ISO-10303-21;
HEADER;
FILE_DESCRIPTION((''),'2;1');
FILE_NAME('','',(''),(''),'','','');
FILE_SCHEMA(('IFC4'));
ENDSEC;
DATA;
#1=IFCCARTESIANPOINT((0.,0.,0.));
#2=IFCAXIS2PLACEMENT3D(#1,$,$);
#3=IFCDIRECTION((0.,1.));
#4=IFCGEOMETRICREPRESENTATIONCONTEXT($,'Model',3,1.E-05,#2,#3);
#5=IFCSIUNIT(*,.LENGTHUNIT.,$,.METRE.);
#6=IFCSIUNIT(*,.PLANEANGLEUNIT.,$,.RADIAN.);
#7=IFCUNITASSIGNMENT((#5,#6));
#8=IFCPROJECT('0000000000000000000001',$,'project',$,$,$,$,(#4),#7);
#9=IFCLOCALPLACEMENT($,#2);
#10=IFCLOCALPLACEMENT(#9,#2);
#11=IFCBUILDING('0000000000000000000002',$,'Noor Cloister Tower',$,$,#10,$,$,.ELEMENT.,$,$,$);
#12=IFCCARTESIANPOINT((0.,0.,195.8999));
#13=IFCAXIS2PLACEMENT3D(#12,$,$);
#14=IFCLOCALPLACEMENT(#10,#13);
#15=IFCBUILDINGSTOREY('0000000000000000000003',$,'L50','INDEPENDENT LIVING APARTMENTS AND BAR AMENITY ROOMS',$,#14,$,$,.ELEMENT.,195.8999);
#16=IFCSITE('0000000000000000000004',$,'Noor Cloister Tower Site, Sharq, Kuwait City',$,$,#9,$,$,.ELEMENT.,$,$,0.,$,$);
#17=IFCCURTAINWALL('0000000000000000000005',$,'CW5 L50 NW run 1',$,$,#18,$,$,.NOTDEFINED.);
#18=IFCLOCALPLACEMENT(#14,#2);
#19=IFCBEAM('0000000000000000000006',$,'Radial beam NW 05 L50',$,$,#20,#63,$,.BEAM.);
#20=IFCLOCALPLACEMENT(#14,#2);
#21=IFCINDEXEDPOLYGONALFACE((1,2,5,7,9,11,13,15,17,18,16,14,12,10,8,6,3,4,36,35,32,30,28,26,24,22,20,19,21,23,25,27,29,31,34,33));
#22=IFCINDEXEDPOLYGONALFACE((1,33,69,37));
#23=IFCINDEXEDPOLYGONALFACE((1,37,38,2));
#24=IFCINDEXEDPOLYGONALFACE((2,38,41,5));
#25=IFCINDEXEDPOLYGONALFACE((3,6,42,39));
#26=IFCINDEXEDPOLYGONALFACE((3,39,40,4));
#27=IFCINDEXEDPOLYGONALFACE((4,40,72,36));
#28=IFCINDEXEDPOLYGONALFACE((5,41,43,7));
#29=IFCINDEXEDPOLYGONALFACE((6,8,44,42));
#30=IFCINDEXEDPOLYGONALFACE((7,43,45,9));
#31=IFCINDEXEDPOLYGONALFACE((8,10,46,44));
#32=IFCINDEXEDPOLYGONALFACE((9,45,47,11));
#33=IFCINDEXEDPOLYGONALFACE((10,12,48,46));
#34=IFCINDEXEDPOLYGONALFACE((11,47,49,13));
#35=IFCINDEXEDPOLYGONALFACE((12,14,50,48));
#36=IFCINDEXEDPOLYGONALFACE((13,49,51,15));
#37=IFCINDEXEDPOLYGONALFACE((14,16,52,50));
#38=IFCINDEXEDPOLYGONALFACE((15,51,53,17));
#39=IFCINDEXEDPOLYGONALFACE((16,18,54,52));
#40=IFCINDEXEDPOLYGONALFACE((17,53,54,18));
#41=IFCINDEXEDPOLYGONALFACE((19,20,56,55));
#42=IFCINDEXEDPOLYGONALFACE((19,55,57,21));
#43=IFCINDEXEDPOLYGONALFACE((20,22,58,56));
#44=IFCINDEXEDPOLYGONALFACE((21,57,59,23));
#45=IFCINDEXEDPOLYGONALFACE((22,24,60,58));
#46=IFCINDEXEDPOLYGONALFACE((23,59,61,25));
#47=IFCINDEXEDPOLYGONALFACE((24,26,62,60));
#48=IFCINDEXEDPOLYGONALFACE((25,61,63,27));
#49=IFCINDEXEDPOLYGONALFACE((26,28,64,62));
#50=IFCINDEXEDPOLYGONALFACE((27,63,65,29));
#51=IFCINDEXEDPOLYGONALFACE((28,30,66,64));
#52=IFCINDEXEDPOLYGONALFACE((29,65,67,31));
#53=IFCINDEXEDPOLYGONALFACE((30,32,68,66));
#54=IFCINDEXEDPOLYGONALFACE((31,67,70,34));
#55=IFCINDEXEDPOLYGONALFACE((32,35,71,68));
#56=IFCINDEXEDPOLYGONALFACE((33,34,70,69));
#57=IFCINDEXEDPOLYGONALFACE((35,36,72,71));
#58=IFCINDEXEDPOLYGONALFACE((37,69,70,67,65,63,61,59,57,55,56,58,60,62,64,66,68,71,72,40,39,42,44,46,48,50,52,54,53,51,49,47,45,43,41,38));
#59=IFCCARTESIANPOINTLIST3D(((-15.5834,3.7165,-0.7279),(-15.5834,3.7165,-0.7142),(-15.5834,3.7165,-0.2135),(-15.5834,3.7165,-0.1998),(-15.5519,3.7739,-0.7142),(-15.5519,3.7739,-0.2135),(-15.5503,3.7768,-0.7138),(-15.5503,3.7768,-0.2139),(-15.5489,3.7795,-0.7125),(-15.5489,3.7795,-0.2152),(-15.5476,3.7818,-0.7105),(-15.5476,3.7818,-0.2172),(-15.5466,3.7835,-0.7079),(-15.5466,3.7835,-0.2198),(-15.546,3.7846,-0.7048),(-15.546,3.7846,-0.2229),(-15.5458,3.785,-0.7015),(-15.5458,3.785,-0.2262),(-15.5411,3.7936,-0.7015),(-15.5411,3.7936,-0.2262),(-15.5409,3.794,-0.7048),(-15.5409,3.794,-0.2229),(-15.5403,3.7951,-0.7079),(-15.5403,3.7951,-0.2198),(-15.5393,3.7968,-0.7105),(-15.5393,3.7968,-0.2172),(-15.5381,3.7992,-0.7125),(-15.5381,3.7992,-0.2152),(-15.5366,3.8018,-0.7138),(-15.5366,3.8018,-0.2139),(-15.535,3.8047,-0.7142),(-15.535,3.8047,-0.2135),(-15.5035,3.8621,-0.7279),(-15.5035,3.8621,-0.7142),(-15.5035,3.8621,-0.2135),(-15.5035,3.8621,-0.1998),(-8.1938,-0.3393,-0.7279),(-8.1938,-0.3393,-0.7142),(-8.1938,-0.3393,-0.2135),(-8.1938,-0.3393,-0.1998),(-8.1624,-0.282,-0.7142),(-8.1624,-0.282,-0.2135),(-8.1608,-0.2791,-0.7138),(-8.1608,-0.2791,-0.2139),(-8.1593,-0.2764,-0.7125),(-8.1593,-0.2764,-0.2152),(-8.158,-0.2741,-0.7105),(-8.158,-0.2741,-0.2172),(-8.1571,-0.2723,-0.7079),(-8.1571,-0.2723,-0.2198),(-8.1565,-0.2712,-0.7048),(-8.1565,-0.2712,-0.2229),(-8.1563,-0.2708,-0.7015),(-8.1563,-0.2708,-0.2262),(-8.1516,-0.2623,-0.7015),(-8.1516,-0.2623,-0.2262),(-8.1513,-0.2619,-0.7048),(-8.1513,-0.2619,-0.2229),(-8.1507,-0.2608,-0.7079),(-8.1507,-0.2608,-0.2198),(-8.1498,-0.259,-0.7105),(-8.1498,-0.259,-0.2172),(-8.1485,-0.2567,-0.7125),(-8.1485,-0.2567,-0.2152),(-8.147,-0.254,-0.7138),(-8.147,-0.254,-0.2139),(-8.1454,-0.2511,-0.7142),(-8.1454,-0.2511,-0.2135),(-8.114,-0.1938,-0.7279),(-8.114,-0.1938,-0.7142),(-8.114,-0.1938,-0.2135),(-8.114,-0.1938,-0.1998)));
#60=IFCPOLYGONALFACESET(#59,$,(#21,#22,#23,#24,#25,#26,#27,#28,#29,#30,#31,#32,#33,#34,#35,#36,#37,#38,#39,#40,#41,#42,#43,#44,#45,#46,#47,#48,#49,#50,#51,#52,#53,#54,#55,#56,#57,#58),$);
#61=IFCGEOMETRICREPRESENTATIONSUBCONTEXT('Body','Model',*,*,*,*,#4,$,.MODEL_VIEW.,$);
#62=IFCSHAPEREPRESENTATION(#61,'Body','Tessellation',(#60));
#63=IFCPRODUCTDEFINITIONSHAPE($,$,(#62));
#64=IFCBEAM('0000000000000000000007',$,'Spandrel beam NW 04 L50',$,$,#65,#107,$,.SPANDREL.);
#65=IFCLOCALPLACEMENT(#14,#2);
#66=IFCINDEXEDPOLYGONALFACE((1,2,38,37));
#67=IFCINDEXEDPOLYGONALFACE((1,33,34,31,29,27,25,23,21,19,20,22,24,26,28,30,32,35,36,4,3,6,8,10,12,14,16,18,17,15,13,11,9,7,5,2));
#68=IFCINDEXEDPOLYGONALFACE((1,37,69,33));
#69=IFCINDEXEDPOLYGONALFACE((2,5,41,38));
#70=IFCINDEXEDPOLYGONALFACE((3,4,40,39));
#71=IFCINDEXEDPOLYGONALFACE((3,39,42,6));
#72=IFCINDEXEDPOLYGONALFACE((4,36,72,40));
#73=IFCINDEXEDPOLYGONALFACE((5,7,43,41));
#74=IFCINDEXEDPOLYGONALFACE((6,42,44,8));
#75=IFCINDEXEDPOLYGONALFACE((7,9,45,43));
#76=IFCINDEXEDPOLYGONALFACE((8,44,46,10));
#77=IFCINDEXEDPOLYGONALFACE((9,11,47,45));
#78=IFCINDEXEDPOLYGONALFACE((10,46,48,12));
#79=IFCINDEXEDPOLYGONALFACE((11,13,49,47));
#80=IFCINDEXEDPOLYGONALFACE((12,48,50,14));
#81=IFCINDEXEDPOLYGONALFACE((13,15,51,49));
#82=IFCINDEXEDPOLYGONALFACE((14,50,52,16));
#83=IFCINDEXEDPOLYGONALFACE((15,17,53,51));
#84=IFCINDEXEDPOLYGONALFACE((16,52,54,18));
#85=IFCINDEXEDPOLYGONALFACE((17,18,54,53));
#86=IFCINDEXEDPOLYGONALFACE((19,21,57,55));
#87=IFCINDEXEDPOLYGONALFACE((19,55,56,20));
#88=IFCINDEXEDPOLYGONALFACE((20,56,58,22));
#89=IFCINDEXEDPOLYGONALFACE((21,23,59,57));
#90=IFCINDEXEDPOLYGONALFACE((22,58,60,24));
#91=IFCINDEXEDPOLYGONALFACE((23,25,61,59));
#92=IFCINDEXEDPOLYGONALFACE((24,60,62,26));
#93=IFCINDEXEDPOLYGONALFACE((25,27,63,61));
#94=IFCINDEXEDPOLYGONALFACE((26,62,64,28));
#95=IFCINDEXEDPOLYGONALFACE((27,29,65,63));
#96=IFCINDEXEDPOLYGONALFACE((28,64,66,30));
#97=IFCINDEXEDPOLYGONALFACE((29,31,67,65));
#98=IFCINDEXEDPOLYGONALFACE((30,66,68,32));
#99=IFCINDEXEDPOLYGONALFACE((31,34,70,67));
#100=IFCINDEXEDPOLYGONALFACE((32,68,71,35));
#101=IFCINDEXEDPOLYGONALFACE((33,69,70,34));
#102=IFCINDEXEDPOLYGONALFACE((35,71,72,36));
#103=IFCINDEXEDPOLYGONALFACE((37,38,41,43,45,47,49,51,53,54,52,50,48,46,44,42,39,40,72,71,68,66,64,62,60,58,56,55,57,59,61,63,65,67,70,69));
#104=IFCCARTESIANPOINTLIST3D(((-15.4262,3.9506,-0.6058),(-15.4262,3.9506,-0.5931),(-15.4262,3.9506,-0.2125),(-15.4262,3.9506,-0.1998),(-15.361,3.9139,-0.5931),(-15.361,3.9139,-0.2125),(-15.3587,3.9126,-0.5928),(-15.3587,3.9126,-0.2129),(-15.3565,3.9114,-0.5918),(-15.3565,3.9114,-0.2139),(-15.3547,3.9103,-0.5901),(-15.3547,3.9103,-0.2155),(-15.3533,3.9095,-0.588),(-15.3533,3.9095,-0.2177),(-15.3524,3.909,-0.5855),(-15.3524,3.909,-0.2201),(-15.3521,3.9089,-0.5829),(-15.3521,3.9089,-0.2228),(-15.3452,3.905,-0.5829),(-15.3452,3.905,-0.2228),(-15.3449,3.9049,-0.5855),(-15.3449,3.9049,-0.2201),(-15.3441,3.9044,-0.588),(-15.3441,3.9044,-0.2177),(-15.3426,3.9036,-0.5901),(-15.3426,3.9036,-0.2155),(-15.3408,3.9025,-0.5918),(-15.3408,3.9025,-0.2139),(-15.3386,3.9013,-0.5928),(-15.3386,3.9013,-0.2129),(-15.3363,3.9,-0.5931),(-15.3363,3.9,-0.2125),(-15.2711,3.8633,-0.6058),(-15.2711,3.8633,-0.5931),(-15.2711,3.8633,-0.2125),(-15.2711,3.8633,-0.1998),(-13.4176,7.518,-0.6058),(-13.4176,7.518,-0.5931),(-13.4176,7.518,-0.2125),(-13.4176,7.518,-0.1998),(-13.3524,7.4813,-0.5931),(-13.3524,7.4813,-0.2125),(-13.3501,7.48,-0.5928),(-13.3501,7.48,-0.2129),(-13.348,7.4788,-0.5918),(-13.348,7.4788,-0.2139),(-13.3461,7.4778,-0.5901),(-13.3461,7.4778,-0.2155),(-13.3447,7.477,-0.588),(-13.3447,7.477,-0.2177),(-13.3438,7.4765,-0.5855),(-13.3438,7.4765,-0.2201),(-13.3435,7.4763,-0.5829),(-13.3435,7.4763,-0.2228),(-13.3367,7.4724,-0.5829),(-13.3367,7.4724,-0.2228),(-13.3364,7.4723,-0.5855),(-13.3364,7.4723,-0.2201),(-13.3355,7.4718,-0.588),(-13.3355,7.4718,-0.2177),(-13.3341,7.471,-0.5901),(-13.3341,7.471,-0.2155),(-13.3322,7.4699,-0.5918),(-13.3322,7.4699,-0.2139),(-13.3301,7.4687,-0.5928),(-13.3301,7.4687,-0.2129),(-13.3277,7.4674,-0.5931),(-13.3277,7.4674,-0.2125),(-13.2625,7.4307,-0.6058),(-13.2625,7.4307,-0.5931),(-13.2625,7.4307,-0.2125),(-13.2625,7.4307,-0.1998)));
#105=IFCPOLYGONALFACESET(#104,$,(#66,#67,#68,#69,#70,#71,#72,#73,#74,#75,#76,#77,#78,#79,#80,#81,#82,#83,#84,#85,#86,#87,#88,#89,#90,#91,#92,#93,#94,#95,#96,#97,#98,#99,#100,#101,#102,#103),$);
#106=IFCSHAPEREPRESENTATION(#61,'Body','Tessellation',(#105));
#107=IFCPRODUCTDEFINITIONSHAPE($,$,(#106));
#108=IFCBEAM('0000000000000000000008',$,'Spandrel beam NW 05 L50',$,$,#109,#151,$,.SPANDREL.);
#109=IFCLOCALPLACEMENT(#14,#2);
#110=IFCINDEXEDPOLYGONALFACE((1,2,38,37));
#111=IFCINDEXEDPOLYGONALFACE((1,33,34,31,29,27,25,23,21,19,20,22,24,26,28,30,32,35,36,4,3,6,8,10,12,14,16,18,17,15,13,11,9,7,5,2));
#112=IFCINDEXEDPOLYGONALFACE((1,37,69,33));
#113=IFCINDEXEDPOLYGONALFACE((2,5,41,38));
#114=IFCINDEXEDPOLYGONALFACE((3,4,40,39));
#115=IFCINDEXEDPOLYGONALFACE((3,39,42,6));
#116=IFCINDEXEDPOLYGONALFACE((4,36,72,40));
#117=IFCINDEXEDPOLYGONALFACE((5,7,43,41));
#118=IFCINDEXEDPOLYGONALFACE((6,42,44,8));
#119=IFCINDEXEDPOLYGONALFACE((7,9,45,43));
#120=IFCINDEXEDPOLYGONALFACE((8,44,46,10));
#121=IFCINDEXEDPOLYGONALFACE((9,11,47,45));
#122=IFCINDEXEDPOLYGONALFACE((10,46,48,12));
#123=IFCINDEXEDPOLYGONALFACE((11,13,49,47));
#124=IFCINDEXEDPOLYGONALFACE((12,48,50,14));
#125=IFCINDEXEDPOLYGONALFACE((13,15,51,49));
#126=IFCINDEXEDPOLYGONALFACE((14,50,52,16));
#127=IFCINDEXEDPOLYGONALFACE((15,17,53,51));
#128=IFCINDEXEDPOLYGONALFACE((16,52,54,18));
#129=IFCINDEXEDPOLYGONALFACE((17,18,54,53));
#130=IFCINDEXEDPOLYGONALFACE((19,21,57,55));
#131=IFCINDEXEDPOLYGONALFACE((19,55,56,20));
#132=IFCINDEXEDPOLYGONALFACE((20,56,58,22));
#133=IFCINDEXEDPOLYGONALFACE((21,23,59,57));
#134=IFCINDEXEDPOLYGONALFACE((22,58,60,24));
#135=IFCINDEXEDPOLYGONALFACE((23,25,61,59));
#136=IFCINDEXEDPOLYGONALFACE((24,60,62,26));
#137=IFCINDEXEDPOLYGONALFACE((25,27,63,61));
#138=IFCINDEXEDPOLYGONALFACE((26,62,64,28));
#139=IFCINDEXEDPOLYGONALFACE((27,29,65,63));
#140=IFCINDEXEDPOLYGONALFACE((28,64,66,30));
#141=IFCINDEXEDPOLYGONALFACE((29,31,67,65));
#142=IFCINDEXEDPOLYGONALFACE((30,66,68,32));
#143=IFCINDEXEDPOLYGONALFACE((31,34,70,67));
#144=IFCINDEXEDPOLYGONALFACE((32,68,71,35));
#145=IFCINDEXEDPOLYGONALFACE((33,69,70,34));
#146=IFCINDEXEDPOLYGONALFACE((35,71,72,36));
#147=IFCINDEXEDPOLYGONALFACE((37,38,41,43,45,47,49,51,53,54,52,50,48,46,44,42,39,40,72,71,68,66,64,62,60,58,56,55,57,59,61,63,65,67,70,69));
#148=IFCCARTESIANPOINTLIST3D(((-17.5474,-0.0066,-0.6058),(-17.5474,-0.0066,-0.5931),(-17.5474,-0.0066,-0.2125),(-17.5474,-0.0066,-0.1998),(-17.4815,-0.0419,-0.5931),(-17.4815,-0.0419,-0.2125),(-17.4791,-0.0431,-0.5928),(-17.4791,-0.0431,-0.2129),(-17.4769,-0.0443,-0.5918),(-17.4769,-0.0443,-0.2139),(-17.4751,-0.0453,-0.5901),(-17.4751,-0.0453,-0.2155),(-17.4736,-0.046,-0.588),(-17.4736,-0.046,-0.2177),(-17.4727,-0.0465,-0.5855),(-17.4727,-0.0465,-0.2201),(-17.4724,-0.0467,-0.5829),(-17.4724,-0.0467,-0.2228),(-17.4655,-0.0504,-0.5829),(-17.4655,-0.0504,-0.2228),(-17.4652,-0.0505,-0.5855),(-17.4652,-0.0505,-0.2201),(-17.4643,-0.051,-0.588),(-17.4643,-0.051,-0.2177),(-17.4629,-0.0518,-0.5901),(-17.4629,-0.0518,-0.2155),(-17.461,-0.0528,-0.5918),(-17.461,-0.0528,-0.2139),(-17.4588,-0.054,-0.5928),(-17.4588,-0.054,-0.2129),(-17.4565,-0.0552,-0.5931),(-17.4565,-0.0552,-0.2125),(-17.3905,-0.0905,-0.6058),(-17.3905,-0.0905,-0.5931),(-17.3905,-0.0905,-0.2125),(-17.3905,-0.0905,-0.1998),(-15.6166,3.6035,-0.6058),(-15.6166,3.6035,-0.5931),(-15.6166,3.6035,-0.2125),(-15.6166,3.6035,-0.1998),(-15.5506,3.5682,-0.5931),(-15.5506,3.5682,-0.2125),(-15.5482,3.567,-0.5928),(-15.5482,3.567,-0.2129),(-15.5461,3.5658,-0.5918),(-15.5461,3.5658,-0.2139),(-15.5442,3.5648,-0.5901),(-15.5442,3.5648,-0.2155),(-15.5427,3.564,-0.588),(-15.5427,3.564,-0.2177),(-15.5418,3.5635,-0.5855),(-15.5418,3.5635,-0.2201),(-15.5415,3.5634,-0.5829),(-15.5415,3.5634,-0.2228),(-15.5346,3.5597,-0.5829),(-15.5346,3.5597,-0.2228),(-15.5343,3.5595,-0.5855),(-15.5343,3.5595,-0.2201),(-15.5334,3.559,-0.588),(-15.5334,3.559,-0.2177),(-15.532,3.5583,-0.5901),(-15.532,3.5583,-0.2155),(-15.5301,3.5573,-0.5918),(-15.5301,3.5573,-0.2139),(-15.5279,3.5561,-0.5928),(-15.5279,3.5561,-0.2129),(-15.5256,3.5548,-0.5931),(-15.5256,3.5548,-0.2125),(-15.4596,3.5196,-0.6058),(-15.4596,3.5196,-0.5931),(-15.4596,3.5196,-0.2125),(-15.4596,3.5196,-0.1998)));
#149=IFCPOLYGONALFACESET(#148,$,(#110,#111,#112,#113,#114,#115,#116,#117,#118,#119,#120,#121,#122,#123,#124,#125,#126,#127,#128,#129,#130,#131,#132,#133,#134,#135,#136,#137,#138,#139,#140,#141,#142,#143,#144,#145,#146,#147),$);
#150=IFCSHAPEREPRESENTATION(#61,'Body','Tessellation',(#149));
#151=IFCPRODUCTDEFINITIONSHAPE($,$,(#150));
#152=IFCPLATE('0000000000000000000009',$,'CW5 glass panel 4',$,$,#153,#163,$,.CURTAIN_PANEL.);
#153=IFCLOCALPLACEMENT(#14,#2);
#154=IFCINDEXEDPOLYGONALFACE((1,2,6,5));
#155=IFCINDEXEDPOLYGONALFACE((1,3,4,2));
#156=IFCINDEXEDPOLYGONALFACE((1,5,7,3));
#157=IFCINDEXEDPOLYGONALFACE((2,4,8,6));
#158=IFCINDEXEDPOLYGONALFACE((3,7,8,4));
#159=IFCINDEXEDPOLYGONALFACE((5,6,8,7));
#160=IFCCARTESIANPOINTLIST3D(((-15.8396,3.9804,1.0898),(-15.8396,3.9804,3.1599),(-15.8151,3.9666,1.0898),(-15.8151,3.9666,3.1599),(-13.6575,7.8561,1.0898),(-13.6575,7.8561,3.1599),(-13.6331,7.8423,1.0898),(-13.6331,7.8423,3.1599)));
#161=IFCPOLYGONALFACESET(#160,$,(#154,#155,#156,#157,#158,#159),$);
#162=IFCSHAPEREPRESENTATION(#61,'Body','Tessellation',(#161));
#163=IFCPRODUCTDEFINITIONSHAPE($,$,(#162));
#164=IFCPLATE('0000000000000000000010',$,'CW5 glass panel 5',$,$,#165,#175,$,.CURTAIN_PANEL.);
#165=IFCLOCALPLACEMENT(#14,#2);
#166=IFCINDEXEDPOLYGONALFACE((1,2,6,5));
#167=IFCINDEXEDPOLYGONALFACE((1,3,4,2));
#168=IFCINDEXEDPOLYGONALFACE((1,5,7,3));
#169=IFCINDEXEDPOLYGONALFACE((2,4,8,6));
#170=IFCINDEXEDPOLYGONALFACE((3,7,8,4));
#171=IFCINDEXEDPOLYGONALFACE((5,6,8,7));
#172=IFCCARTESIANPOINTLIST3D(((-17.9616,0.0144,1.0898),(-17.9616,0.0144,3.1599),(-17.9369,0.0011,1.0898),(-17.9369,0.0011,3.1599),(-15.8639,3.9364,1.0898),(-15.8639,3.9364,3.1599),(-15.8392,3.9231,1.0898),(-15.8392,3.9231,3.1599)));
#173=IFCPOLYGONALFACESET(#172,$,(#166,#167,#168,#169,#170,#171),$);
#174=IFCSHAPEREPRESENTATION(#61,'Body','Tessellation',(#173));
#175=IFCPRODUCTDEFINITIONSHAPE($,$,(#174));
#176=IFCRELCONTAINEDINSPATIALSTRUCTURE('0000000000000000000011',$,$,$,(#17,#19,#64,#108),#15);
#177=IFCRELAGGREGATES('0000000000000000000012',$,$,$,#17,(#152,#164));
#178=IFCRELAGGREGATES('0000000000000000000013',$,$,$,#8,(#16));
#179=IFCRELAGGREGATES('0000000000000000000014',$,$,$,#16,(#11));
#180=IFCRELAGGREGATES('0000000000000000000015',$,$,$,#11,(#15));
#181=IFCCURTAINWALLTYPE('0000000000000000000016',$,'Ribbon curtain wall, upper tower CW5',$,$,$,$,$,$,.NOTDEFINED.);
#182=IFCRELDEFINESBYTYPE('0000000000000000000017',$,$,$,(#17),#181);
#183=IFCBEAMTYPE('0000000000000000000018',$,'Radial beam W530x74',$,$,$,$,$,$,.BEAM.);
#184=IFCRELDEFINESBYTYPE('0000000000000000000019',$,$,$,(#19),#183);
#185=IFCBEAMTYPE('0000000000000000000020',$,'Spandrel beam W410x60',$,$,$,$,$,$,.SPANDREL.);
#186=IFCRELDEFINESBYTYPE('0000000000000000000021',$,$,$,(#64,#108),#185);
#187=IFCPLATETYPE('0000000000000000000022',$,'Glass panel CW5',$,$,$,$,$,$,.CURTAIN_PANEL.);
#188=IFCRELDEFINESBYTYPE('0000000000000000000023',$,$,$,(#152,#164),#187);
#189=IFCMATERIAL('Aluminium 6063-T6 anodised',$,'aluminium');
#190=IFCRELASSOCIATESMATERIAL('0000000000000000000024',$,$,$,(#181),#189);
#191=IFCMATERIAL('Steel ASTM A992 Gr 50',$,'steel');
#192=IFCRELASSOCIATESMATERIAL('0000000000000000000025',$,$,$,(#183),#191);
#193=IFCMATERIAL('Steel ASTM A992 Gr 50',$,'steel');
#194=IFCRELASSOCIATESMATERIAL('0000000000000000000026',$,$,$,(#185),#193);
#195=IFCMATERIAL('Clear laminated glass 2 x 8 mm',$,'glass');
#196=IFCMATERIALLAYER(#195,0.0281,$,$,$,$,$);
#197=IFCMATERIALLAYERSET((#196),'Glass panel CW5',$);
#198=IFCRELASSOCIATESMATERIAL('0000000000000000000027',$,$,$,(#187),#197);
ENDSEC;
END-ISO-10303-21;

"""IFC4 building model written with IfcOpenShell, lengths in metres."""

from ifc_helpers import new_model, si_unit, direction, frame, origin, origin_2d, place, context, subcontext, project, spatial, rectangle, i_section, extrude, material, layer, layer_set, material_profile, profile_set, type_object, element, aggregate, save


model = new_model("IFC4")

# Units and contexts
model_context = context("Model", 3, precision=1e-05, world=origin(), true_north=direction((0.0, 1.0)))
body_context = subcontext(model_context, "Body", "Model", "MODEL_VIEW")
ifc_project = project(units=[si_unit("LENGTHUNIT", "METRE"), si_unit("PLANEANGLEUNIT", "RADIAN")], contexts=[model_context])

# Site, building, storey
site_placement = place(None, origin())
site = spatial("IfcSite", under=ifc_project, at=site_placement, Name="Noor Cloister Tower Site, Sharq, Kuwait City", CompositionType="ELEMENT", RefElevation=0.0)
building_placement = place(site_placement, origin())
building = spatial("IfcBuilding", under=site, at=building_placement, Name="Noor Cloister Tower", CompositionType="ELEMENT")
storey_placement = place(building_placement, frame((0.0, 0.0, 195.8999)))
storey = spatial("IfcBuildingStorey", under=building, at=storey_placement, Name="L50", Description="INDEPENDENT LIVING APARTMENTS AND BAR AMENITY ROOMS", CompositionType="ELEMENT", Elevation=195.8999)

# Curtain wall
ifc_material_1 = material(Name="Aluminium 6063-T6 anodised", Category="aluminium")
curtain_wall_type = type_object("IfcCurtainWallType", Name="Ribbon curtain wall, upper tower CW5", PredefinedType="NOTDEFINED", material=ifc_material_1)
curtain_wall_1_placement = place(storey_placement, origin())
curtain_wall_1 = element("IfcCurtainWall", 1, at=curtain_wall_1_placement, inside=storey, type_object=curtain_wall_type, Name="CW5 L50 NW run 1", PredefinedType="NOTDEFINED")

# Beams
ifc_material_2 = material(Name="Steel ASTM A992 Gr 50", Category="steel")
ifc_material_profile_1 = material_profile(ifc_material_2, i_section(OverallWidth=0.166, OverallDepth=0.5281, WebThickness=0.0098, FlangeThickness=0.0137, FilletRadius=0.0127, at=origin_2d()), Name="W530x74")
ifc_profile_set_1 = profile_set([ifc_material_profile_1], Name="Steel ASTM A992 Gr 50")
beam_type_1 = type_object("IfcBeamType", Name="Radial beam W530x74", PredefinedType="BEAM", material=ifc_profile_set_1)
beam_1_placement = place(storey_placement, frame((-15.5435, 3.7893, -0.4639), z_axis=(0.876636, -0.481154, 0.0), x_axis=(0.481154, 0.876636, 0.0)))
element("IfcBeam", 2, at=beam_1_placement, inside=storey, type_object=beam_type_1, Name="Radial beam NW 05 L50", PredefinedType="BEAM", context=body_context, shape_type="SweptSolid", body=[
    extrude(i_section(OverallWidth=0.166, OverallDepth=0.5281, WebThickness=0.0098, FlangeThickness=0.0137, FilletRadius=0.0127, at=origin_2d()), origin(), (0.0, 0.0, 1.0), 8.4294),
])
ifc_material_3 = material(Name="Steel ASTM A992 Gr 50", Category="steel")
ifc_material_profile_2 = material_profile(ifc_material_3, i_section(OverallWidth=0.178, OverallDepth=0.406, WebThickness=0.0078, FlangeThickness=0.0127, FilletRadius=0.0103, at=origin_2d()), Name="W410x60")
ifc_profile_set_2 = profile_set([ifc_material_profile_2], Name="Steel ASTM A992 Gr 50")
beam_type_2 = type_object("IfcBeamType", Name="Spandrel beam W410x60", PredefinedType="SPANDREL", material=ifc_profile_set_2)
for number, where, z_axis, x_axis, name in (
    (3, (-13.3401, 7.4744, -0.4028), (-0.490612, -0.871378, 0.0), (0.871378, -0.490612, 0.0), "Spandrel beam NW 04 L50"),
    (4, (-15.5381, 3.5615, -0.4028), (-0.471637, -0.881793, 0.0), (0.881793, -0.471637, 0.0), "Spandrel beam NW 05 L50"),
):
    element("IfcBeam", number, at=place(storey_placement, frame(where, z_axis=z_axis, x_axis=x_axis)), inside=storey, type_object=beam_type_2, Name=name, PredefinedType="SPANDREL", context=body_context, shape_type="SweptSolid", body=[
        extrude(i_section(OverallWidth=0.178, OverallDepth=0.406, WebThickness=0.0078, FlangeThickness=0.0127, FilletRadius=0.0103, at=origin_2d()), origin(), (0.0, 0.0, 1.0), 4.094),
    ])

# Plates
ifc_material_4 = material(Name="Clear laminated glass 2 x 8 mm", Category="glass")
ifc_layer_1 = layer(ifc_material_4, 0.0281)
ifc_layer_set_1 = layer_set([ifc_layer_1], Name="Glass panel CW5")
plate_type = type_object("IfcPlateType", Name="Glass panel CW5", PredefinedType="CURTAIN_PANEL", material=ifc_layer_set_1)
plate_1_placement = place(storey_placement, frame((-14.7363, 5.9114, 1.0898), z_axis=(0.0, 0.0, 1.0), x_axis=(-0.4906, -0.871385, 0.0)))
plate_1 = element("IfcPlate", 5, at=plate_1_placement, type_object=plate_type, Name="CW5 glass panel 4", PredefinedType="CURTAIN_PANEL", context=body_context, shape_type="SweptSolid", body=[
    extrude(rectangle(XDim=4.4478, YDim=0.0281, at=origin_2d()), origin(), (0.0, 0.0, 1.0), 2.0701),
])
plate_2_placement = place(storey_placement, frame((-16.9004, 1.9688, 1.0898), z_axis=(0.0, 0.0, 1.0), x_axis=(-0.47163, -0.881797, 0.0)))
plate_2 = element("IfcPlate", 6, at=plate_2_placement, type_object=plate_type, Name="CW5 glass panel 5", PredefinedType="CURTAIN_PANEL", context=body_context, shape_type="SweptSolid", body=[
    extrude(rectangle(XDim=4.4478, YDim=0.0281, at=origin_2d()), origin(), (0.0, 0.0, 1.0), 2.0701),
])
aggregate(curtain_wall_1, [plate_1, plate_2])

save(model, "model.ifc")
